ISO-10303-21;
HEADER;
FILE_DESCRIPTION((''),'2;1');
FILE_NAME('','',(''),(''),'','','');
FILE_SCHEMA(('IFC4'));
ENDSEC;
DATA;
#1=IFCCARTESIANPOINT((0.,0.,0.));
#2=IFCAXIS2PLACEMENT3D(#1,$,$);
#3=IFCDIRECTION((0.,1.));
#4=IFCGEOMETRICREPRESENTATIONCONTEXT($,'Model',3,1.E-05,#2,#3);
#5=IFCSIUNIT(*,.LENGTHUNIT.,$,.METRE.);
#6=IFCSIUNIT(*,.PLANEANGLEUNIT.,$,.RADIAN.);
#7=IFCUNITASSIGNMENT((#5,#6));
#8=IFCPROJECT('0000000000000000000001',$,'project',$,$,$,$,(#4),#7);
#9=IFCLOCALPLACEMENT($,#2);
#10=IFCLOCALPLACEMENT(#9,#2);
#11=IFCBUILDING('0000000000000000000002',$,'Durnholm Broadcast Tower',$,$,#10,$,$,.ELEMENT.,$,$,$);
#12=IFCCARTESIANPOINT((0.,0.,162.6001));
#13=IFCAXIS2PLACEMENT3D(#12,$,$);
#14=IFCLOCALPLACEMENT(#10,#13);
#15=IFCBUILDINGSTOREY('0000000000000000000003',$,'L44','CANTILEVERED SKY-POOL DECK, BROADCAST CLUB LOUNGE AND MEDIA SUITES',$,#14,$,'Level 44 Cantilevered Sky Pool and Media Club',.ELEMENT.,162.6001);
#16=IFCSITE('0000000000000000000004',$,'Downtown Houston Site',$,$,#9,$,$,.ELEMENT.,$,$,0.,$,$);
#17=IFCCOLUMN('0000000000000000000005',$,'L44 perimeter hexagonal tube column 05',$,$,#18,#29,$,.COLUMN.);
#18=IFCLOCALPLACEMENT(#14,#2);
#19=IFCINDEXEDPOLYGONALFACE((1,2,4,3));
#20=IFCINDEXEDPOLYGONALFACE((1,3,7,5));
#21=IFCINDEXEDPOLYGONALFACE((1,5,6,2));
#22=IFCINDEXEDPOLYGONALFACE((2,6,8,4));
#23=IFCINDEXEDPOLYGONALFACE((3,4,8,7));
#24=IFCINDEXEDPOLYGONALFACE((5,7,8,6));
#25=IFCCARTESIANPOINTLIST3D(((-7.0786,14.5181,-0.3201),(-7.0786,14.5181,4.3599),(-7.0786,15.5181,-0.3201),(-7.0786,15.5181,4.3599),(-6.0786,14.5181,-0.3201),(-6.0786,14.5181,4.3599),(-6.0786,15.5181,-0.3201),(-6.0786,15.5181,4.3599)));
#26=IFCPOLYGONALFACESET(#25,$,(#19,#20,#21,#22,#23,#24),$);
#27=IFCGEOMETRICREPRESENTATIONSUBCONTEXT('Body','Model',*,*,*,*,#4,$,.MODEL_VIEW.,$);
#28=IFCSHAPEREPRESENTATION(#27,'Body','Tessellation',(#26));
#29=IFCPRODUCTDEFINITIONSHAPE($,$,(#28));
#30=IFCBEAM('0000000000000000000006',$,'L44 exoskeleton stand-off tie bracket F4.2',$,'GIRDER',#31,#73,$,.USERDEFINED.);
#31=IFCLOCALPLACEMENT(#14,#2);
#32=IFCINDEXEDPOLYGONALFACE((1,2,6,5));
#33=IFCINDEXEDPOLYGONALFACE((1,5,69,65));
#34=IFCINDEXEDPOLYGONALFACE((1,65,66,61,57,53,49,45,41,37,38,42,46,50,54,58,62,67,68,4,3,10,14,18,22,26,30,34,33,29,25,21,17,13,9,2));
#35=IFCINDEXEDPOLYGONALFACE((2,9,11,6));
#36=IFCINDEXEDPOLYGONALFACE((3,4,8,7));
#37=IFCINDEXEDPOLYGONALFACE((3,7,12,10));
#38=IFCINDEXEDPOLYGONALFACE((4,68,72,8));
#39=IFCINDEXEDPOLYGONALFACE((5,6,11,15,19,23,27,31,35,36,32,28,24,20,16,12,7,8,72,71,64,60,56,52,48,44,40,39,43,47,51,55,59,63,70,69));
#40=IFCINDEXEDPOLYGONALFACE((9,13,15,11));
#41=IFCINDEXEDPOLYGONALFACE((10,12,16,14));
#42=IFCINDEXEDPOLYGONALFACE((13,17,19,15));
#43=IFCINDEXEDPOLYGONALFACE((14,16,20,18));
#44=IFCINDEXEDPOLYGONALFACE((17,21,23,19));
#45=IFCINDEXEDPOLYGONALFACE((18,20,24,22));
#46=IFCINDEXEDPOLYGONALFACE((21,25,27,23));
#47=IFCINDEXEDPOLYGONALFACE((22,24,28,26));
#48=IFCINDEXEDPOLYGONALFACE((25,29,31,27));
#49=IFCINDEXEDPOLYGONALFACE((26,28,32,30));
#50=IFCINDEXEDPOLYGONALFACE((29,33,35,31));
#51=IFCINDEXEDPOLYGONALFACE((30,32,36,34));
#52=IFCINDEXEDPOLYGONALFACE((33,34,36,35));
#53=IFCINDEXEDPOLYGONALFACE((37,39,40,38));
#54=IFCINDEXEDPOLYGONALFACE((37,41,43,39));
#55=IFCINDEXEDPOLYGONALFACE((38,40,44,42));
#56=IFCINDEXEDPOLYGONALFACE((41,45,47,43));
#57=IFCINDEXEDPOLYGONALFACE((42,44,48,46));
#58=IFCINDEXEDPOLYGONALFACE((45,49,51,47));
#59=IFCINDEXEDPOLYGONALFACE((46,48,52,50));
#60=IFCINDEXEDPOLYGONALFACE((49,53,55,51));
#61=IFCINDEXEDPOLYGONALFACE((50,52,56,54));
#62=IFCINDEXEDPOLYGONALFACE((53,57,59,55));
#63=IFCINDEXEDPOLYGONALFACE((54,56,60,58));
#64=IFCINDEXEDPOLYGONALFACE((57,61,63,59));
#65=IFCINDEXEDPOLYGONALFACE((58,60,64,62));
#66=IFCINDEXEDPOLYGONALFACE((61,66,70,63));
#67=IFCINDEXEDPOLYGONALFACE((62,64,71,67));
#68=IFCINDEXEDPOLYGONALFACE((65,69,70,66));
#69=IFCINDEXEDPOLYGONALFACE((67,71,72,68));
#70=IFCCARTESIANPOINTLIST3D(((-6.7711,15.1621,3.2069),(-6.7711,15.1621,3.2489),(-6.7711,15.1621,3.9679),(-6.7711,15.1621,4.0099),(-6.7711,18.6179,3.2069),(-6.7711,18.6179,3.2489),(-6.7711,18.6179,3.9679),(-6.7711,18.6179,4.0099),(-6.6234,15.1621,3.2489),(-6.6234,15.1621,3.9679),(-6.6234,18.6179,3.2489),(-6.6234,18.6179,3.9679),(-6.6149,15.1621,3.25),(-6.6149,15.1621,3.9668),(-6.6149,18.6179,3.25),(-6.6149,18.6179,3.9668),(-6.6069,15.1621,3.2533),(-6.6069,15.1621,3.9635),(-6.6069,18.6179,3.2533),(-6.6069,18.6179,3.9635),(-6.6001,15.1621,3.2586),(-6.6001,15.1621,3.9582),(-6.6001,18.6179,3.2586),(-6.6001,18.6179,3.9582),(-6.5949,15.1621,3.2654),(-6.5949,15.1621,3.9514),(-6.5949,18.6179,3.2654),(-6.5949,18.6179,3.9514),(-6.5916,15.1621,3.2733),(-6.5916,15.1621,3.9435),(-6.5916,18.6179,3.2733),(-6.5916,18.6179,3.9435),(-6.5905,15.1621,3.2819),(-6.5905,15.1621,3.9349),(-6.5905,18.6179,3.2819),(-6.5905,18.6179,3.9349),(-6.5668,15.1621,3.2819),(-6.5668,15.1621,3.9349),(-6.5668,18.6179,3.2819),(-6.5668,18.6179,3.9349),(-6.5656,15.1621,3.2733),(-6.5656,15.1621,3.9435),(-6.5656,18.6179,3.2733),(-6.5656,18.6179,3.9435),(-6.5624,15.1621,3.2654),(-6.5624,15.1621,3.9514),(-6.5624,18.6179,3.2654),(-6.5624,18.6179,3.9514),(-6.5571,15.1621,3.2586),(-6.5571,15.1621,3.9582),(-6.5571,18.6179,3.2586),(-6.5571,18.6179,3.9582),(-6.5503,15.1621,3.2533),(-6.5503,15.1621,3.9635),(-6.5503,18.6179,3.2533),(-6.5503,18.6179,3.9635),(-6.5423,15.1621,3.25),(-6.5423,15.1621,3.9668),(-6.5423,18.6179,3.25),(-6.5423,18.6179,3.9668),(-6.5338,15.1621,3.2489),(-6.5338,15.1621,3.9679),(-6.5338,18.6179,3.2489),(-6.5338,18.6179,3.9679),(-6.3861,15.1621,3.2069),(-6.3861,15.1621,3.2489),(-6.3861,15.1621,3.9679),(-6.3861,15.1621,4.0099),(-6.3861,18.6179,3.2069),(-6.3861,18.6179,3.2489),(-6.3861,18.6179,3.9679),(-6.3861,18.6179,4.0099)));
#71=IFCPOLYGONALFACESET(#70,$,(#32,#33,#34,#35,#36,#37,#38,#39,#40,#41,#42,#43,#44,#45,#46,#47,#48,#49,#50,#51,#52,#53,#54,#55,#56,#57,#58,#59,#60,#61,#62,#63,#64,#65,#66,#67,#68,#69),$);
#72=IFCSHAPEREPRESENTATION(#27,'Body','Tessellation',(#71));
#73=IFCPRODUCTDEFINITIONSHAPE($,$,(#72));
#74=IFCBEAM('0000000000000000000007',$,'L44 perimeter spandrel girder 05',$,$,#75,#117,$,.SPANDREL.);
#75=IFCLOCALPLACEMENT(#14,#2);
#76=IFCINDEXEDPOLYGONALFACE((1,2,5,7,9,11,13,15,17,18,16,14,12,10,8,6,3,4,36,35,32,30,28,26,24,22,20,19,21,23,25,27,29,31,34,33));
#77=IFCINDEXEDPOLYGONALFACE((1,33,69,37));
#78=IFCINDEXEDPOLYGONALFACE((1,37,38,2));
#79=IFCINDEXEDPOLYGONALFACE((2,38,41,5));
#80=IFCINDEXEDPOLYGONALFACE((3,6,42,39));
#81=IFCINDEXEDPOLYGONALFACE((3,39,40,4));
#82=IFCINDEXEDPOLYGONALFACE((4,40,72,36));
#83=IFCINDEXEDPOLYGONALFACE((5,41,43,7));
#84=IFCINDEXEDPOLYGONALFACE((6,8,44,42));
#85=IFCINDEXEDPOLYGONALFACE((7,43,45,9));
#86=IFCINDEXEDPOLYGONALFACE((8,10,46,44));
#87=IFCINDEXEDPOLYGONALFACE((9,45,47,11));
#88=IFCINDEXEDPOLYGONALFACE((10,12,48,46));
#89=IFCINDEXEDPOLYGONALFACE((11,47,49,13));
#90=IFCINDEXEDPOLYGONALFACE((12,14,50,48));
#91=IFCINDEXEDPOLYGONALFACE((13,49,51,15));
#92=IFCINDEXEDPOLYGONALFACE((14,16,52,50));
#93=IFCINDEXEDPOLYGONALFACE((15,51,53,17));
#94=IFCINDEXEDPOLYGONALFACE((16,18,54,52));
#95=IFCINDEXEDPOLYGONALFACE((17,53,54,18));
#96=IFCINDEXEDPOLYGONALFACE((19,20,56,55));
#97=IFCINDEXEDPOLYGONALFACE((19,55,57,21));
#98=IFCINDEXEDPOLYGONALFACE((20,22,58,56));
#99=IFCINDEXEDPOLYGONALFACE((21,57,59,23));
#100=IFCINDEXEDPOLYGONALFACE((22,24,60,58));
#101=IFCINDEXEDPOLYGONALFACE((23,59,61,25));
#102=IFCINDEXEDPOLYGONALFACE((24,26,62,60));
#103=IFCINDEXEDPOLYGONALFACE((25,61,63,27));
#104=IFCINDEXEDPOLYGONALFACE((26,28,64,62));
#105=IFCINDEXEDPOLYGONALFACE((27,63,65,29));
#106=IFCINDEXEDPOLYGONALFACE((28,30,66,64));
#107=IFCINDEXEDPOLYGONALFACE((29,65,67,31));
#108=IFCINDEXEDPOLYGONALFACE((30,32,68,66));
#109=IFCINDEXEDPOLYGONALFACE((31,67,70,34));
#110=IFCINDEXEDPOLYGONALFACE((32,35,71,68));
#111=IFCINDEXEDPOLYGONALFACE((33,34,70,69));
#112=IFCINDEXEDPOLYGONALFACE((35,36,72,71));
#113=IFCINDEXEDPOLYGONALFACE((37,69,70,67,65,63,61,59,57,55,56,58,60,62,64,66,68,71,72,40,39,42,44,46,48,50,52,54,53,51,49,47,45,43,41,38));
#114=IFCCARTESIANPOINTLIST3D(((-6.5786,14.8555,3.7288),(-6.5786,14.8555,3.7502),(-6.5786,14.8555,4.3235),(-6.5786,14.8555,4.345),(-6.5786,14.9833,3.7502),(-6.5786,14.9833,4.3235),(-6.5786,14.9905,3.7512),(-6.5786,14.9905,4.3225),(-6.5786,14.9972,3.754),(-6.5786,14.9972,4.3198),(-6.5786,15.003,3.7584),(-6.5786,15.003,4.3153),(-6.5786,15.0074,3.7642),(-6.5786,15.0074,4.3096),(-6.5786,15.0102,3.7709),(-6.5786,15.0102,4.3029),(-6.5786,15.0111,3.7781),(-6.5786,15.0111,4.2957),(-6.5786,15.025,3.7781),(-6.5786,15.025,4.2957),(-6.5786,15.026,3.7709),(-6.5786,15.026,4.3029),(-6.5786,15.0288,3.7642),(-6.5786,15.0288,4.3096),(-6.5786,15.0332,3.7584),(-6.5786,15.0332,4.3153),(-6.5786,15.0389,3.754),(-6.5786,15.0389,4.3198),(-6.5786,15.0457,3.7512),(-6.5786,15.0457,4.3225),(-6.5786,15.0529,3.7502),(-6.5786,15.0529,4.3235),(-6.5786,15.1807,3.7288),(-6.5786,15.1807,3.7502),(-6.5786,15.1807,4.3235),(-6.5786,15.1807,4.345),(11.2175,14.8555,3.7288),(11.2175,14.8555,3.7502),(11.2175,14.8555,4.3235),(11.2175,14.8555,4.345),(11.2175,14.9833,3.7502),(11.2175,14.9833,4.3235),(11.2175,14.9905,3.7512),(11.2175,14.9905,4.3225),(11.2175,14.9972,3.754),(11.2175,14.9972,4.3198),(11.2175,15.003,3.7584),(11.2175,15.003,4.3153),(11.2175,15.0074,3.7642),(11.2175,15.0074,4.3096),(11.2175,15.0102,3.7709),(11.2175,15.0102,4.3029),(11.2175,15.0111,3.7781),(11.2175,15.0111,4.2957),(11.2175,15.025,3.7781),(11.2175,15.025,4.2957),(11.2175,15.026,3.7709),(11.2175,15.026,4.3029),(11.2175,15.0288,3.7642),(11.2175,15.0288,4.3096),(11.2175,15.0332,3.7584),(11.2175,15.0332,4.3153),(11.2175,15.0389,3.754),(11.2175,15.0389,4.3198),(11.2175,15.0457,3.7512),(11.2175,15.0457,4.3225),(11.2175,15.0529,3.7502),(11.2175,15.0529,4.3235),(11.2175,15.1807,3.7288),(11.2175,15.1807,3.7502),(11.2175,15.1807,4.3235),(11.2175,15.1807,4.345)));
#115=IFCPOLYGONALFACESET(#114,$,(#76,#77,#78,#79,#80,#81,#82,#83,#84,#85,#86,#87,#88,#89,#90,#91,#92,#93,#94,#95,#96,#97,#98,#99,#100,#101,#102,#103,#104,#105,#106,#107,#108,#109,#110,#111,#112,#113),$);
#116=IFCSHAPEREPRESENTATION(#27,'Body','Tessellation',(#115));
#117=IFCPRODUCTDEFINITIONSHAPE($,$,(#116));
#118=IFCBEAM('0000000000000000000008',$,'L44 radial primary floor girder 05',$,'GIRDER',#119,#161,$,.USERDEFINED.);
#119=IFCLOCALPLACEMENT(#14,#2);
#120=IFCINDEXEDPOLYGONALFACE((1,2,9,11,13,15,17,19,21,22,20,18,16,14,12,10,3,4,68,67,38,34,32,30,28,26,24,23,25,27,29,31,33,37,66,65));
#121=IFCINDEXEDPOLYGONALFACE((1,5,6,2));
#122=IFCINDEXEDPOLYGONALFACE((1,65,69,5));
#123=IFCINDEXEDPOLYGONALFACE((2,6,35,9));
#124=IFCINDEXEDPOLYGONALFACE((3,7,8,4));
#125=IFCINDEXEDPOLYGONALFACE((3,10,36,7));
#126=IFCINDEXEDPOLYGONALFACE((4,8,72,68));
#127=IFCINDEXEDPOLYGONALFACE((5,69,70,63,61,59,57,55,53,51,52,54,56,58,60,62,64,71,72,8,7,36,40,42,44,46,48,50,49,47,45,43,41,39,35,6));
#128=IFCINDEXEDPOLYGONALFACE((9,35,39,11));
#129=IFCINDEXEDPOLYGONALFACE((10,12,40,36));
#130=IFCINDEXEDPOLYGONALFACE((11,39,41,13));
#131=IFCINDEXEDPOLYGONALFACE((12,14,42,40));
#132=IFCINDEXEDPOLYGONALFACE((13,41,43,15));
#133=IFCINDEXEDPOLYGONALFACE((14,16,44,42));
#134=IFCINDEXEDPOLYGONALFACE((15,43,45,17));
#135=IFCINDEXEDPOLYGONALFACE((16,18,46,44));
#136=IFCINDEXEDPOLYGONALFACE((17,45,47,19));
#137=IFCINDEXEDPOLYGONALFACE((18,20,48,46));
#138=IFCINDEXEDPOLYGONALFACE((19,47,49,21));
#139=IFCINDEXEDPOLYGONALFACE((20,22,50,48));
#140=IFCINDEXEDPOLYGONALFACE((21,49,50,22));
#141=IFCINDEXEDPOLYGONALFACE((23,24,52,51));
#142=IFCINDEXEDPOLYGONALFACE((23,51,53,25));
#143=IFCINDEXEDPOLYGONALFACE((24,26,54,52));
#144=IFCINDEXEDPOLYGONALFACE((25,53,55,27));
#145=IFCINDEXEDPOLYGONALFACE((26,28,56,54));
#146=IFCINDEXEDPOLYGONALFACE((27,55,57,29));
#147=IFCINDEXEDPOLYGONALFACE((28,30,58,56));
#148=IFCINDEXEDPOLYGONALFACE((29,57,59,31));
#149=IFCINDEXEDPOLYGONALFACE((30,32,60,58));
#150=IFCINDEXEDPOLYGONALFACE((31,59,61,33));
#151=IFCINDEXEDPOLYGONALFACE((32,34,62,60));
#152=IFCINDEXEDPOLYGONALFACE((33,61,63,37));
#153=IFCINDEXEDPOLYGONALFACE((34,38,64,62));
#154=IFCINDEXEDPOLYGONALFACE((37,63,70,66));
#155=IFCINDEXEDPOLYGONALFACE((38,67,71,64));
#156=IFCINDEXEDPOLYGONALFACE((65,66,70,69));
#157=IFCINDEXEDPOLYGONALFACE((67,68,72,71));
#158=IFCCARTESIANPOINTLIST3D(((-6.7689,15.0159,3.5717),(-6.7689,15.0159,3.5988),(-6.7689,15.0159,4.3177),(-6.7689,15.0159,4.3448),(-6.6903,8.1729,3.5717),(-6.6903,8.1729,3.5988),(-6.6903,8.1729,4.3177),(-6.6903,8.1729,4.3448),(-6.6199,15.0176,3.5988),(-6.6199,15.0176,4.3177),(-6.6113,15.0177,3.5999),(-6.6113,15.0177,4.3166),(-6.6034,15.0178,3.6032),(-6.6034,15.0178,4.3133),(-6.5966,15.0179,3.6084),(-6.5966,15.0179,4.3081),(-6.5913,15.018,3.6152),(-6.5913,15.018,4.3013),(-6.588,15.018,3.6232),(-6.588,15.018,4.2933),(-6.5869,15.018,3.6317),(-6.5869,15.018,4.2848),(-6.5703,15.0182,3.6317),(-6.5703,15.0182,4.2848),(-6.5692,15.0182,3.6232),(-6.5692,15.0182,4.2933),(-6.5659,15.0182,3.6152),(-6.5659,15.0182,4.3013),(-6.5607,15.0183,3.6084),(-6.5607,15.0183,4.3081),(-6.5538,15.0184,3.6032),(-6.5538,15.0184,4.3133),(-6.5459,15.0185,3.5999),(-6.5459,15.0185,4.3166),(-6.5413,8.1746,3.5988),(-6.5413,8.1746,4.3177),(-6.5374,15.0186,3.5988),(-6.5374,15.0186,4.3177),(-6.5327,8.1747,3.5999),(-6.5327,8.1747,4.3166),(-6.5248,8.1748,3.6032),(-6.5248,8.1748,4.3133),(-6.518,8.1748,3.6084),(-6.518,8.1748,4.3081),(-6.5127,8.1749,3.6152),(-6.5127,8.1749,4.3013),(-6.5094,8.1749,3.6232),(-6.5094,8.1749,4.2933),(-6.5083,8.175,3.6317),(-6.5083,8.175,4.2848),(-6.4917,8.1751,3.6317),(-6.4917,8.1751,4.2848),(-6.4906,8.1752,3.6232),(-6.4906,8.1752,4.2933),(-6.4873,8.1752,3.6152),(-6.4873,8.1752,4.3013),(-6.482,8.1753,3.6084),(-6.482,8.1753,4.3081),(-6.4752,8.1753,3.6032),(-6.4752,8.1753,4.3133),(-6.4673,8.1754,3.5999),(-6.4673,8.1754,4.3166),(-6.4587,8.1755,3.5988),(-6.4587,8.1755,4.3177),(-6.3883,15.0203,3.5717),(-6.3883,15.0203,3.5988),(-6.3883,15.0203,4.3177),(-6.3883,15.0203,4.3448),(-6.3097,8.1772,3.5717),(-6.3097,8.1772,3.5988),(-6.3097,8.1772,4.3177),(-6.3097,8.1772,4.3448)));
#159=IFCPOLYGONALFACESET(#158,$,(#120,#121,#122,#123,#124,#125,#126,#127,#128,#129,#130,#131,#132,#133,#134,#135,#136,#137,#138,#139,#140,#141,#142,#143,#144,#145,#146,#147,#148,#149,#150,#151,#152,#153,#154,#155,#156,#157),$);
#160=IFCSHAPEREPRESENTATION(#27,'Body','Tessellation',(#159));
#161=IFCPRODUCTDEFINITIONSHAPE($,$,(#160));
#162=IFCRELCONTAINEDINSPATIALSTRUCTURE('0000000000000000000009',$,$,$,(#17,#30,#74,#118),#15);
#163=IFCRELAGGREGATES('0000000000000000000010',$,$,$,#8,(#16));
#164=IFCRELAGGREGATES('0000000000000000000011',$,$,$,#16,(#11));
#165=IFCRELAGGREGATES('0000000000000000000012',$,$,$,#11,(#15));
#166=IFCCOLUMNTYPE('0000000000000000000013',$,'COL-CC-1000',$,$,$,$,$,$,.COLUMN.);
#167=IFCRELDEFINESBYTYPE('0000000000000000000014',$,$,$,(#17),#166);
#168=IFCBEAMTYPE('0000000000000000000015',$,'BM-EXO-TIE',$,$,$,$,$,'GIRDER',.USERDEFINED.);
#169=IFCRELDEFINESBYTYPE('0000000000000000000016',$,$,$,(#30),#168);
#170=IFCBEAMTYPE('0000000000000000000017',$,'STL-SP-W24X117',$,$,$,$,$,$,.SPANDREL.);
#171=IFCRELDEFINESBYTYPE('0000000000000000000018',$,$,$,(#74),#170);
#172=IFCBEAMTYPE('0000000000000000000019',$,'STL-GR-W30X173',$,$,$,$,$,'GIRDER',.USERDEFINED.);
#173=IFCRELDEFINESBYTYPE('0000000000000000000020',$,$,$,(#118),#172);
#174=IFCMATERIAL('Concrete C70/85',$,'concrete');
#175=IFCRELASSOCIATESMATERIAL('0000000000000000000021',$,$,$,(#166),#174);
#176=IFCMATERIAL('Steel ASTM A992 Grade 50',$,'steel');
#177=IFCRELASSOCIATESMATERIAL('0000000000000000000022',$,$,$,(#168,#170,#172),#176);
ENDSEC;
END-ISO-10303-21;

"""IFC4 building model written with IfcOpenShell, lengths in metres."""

from ifc_helpers import new_model, si_unit, direction, frame, origin, origin_2d, place, context, subcontext, project, spatial, rectangle, i_section, extrude, source, transform, mapped, material, material_profile, profile_set, type_object, type_shapes, element, save


model = new_model("IFC4")

# Units and contexts
model_context = context("Model", 3, precision=1e-05, world=origin(), true_north=direction((0.0, 1.0)))
body_context = subcontext(model_context, "Body", "Model", "MODEL_VIEW")
ifc_project = project(units=[si_unit("LENGTHUNIT", "METRE"), si_unit("PLANEANGLEUNIT", "RADIAN")], contexts=[model_context])

# Site, building, storey
site_placement = place(None, origin())
site = spatial("IfcSite", under=ifc_project, at=site_placement, Name="Downtown Houston Site", CompositionType="ELEMENT", RefElevation=0.0)
building_placement = place(site_placement, origin())
building = spatial("IfcBuilding", under=site, at=building_placement, Name="Durnholm Broadcast Tower", CompositionType="ELEMENT")
storey_placement = place(building_placement, frame((0.0, 0.0, 162.6001)))
storey = spatial("IfcBuildingStorey", under=building, at=storey_placement, Name="L44", Description="CANTILEVERED SKY-POOL DECK, BROADCAST CLUB LOUNGE AND MEDIA SUITES", LongName="Level 44 Cantilevered Sky Pool and Media Club", CompositionType="ELEMENT", Elevation=162.6001)

# Column
ifc_material_1 = material(Name="Concrete C70/85", Category="concrete")
ifc_material_profile_1 = material_profile(ifc_material_1, rectangle(XDim=1.0, YDim=1.0, at=origin_2d()), Name="RC1000X1000")
ifc_profile_set_1 = profile_set([ifc_material_profile_1], Name="Concrete C70/85")
column_type = type_object("IfcColumnType", Name="COL-CC-1000", PredefinedType="COLUMN", material=ifc_profile_set_1)
shared_shape_1 = source(origin(), body_context, "Body", "SweptSolid", [
    extrude(rectangle(XDim=1.0, YDim=1.0, at=origin_2d()), origin(), (0.0, 0.0, 1.0), 4.6799),
])
type_shapes(column_type, [shared_shape_1])
column_placement = place(storey_placement, frame((-6.5786, 15.0181, -0.3201), z_axis=(0.0, 0.0, 1.0), x_axis=(1.0, 0.0, 0.0)))
element("IfcColumn", 1, at=column_placement, inside=storey, type_object=column_type, Name="L44 perimeter hexagonal tube column 05", PredefinedType="COLUMN", context=body_context, shape_type="MappedRepresentation", body=[
    mapped(shared_shape_1, transform((0.0, 0.0, 0.0), x_axis=(1.0, 0.0, 0.0), y_axis=(0.0, 1.0, 0.0), z_axis=(0.0, 0.0, 1.0), scale=1.0)),
])

# Beams
ifc_material_2 = material(Name="Steel ASTM A992 Grade 50", Category="steel")
ifc_material_profile_2 = material_profile(ifc_material_2, i_section(OverallWidth=0.385, OverallDepth=0.803, WebThickness=0.0237, FlangeThickness=0.042, FilletRadius=0.033, at=origin_2d()), Name="W30X261")
ifc_profile_set_2 = profile_set([ifc_material_profile_2], Name="Steel ASTM A992 Grade 50")
beam_type_1 = type_object("IfcBeamType", Name="BM-EXO-TIE", ElementType="GIRDER", PredefinedType="USERDEFINED", material=ifc_profile_set_2)
shared_shape_2 = source(origin(), body_context, "Body", "SweptSolid", [
    extrude(i_section(OverallWidth=0.385, OverallDepth=0.803, WebThickness=0.0237, FlangeThickness=0.042, FilletRadius=0.033, at=origin_2d()), origin(), (0.0, 0.0, 1.0), 3.4558),
])
type_shapes(beam_type_1, [shared_shape_2])
beam_1_placement = place(storey_placement, frame((-6.5786, 15.1621, 3.6084), z_axis=(0.0, 1.0, 0.0), x_axis=(-1.0, 0.0, 0.0)))
element("IfcBeam", 2, at=beam_1_placement, inside=storey, type_object=beam_type_1, Name="L44 exoskeleton stand-off tie bracket F4.2", ObjectType="GIRDER", PredefinedType="USERDEFINED", context=body_context, shape_type="MappedRepresentation", body=[
    mapped(shared_shape_2, transform((0.0, 0.0, 0.0), x_axis=(1.0, 0.0, 0.0), y_axis=(0.0, 1.0, 0.0), z_axis=(0.0, 0.0, 1.0), scale=1.0)),
])
ifc_material_profile_3 = material_profile(ifc_material_2, i_section(OverallWidth=0.3252, OverallDepth=0.6162, WebThickness=0.0139, FlangeThickness=0.0215, FilletRadius=0.0278, at=origin_2d()), Name="W24X117")
ifc_profile_set_3 = profile_set([ifc_material_profile_3], Name="Steel ASTM A992 Grade 50")
beam_type_2 = type_object("IfcBeamType", Name="STL-SP-W24X117", PredefinedType="SPANDREL", material=ifc_profile_set_3)
shared_shape_3 = source(origin(), body_context, "Body", "SweptSolid", [
    extrude(i_section(OverallWidth=0.3252, OverallDepth=0.6162, WebThickness=0.0139, FlangeThickness=0.0215, FilletRadius=0.0278, at=origin_2d()), origin(), (0.0, 0.0, 1.0), 17.7961),
])
type_shapes(beam_type_2, [shared_shape_3])
beam_2_placement = place(storey_placement, frame((-6.5786, 15.0181, 4.0369), z_axis=(1.0, 0.0, 0.0), x_axis=(0.0, 1.0, 0.0)))
element("IfcBeam", 3, at=beam_2_placement, inside=storey, type_object=beam_type_2, Name="L44 perimeter spandrel girder 05", PredefinedType="SPANDREL", context=body_context, shape_type="MappedRepresentation", body=[
    mapped(shared_shape_3, transform((0.0, 0.0, 0.0), x_axis=(1.0, 0.0, 0.0), y_axis=(0.0, 1.0, 0.0), z_axis=(0.0, 0.0, 1.0), scale=1.0)),
])
ifc_material_profile_4 = material_profile(ifc_material_2, i_section(OverallWidth=0.3806, OverallDepth=0.7732, WebThickness=0.0166, FlangeThickness=0.0271, FilletRadius=0.033, at=origin_2d()), Name="W30X173")
ifc_profile_set_4 = profile_set([ifc_material_profile_4], Name="Steel ASTM A992 Grade 50")
beam_type_3 = type_object("IfcBeamType", Name="STL-GR-W30X173", ElementType="GIRDER", PredefinedType="USERDEFINED", material=ifc_profile_set_4)
shared_shape_4 = source(origin(), body_context, "Body", "SweptSolid", [
    extrude(i_section(OverallWidth=0.3806, OverallDepth=0.7732, WebThickness=0.0166, FlangeThickness=0.0271, FilletRadius=0.033, at=origin_2d()), origin(), (0.0, 0.0, 1.0), 6.8435),
])
type_shapes(beam_type_3, [shared_shape_4])
beam_3_placement = place(storey_placement, frame((-6.5, 8.175, 3.9583), z_axis=(-0.011487, 0.999934, 0.0), x_axis=(-0.999934, -0.011487, 0.0)))
element("IfcBeam", 4, at=beam_3_placement, inside=storey, type_object=beam_type_3, Name="L44 radial primary floor girder 05", ObjectType="GIRDER", PredefinedType="USERDEFINED", context=body_context, shape_type="MappedRepresentation", body=[
    mapped(shared_shape_4, transform((0.0, 0.0, 0.0), x_axis=(1.0, 0.0, 0.0), y_axis=(0.0, 1.0, 0.0), z_axis=(0.0, 0.0, 1.0), scale=1.0)),
])

save(model, "model.ifc")
